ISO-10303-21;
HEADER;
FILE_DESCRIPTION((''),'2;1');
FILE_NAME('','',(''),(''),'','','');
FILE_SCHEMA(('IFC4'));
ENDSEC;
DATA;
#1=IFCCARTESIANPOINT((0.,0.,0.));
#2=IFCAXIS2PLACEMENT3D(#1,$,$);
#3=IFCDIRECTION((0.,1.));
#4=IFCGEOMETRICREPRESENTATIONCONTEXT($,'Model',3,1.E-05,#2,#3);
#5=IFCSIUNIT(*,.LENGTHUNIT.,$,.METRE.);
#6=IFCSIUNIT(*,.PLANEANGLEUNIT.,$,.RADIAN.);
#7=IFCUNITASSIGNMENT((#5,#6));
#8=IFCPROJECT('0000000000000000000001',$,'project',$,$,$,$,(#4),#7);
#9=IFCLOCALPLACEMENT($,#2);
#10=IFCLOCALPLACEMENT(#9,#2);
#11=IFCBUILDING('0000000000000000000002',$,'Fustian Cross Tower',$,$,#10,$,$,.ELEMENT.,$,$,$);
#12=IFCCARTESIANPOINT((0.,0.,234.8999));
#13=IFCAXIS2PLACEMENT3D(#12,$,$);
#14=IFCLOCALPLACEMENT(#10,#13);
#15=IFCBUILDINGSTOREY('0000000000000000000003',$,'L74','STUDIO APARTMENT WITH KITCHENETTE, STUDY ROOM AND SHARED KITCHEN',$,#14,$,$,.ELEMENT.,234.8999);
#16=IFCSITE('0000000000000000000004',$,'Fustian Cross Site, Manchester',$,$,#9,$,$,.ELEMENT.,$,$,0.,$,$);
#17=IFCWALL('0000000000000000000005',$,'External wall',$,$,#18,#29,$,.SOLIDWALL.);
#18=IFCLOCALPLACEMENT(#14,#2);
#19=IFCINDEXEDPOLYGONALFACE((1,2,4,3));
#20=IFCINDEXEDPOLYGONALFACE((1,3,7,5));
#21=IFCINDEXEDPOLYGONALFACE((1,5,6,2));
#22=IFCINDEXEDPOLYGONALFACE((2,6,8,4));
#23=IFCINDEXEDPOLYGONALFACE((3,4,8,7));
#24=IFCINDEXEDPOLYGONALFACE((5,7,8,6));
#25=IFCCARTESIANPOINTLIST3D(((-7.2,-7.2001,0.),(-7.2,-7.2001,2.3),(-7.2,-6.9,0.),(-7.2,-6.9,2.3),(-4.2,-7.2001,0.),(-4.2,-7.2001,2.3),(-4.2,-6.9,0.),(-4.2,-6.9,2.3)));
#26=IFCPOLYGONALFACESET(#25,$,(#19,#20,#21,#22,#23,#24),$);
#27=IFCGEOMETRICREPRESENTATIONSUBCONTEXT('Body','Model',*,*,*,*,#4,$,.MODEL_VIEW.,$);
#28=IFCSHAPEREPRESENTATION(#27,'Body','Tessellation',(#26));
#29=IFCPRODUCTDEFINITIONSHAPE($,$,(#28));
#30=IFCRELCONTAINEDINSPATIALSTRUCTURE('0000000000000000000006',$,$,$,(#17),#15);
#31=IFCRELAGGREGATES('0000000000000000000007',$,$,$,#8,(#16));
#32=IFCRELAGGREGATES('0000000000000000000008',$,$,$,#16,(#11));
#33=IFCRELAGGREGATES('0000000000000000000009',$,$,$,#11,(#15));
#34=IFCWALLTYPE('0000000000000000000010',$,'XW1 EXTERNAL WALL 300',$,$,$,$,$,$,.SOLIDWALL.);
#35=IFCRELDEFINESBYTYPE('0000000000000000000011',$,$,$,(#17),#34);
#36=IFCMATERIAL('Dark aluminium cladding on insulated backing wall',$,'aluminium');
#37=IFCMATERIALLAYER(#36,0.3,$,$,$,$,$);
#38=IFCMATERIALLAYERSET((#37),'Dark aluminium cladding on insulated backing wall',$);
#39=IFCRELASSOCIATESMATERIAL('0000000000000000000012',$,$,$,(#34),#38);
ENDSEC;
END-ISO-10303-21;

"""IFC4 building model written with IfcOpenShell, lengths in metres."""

from ifc_helpers import new_model, si_unit, direction, frame, frame_2d, origin, place, context, subcontext, project, spatial, rectangle, extrude, material, layer, layer_set, type_object, element, save


model = new_model("IFC4")

# Units and contexts
model_context = context("Model", 3, precision=1e-05, world=origin(), true_north=direction((0.0, 1.0)))
body_context = subcontext(model_context, "Body", "Model", "MODEL_VIEW")
ifc_project = project(units=[si_unit("LENGTHUNIT", "METRE"), si_unit("PLANEANGLEUNIT", "RADIAN")], contexts=[model_context])

# Site, building, storey
site_placement = place(None, origin())
site = spatial("IfcSite", under=ifc_project, at=site_placement, Name="Fustian Cross Site, Manchester", CompositionType="ELEMENT", RefElevation=0.0)
building_placement = place(site_placement, origin())
building = spatial("IfcBuilding", under=site, at=building_placement, Name="Fustian Cross Tower", CompositionType="ELEMENT")
storey_placement = place(building_placement, frame((0.0, 0.0, 234.8999)))
storey = spatial("IfcBuildingStorey", under=building, at=storey_placement, Name="L74", Description="STUDIO APARTMENT WITH KITCHENETTE, STUDY ROOM AND SHARED KITCHEN", CompositionType="ELEMENT", Elevation=234.8999)

# Wall
ifc_material_1 = material(Name="Dark aluminium cladding on insulated backing wall", Category="aluminium")
ifc_layer_1 = layer(ifc_material_1, 0.3)
ifc_layer_set_1 = layer_set([ifc_layer_1], Name="Dark aluminium cladding on insulated backing wall")
wall_type_1 = type_object("IfcWallType", Name="XW1 EXTERNAL WALL 300", PredefinedType="SOLIDWALL", material=ifc_layer_set_1)
wall_1_placement = place(storey_placement, frame((-7.2, -7.05, 0.0), z_axis=(0.0, 0.0, 1.0), x_axis=(1.0, 0.0, 0.0)))
element("IfcWall", 1, at=wall_1_placement, inside=storey, type_object=wall_type_1, Name="External wall", PredefinedType="SOLIDWALL", context=body_context, shape_type="SweptSolid", body=[
    extrude(rectangle(XDim=3.0, YDim=0.3, at=frame_2d((1.5, 0.0))), origin(), (0.0, 0.0, 1.0), 2.3),
])

save(model, "model.ifc")
